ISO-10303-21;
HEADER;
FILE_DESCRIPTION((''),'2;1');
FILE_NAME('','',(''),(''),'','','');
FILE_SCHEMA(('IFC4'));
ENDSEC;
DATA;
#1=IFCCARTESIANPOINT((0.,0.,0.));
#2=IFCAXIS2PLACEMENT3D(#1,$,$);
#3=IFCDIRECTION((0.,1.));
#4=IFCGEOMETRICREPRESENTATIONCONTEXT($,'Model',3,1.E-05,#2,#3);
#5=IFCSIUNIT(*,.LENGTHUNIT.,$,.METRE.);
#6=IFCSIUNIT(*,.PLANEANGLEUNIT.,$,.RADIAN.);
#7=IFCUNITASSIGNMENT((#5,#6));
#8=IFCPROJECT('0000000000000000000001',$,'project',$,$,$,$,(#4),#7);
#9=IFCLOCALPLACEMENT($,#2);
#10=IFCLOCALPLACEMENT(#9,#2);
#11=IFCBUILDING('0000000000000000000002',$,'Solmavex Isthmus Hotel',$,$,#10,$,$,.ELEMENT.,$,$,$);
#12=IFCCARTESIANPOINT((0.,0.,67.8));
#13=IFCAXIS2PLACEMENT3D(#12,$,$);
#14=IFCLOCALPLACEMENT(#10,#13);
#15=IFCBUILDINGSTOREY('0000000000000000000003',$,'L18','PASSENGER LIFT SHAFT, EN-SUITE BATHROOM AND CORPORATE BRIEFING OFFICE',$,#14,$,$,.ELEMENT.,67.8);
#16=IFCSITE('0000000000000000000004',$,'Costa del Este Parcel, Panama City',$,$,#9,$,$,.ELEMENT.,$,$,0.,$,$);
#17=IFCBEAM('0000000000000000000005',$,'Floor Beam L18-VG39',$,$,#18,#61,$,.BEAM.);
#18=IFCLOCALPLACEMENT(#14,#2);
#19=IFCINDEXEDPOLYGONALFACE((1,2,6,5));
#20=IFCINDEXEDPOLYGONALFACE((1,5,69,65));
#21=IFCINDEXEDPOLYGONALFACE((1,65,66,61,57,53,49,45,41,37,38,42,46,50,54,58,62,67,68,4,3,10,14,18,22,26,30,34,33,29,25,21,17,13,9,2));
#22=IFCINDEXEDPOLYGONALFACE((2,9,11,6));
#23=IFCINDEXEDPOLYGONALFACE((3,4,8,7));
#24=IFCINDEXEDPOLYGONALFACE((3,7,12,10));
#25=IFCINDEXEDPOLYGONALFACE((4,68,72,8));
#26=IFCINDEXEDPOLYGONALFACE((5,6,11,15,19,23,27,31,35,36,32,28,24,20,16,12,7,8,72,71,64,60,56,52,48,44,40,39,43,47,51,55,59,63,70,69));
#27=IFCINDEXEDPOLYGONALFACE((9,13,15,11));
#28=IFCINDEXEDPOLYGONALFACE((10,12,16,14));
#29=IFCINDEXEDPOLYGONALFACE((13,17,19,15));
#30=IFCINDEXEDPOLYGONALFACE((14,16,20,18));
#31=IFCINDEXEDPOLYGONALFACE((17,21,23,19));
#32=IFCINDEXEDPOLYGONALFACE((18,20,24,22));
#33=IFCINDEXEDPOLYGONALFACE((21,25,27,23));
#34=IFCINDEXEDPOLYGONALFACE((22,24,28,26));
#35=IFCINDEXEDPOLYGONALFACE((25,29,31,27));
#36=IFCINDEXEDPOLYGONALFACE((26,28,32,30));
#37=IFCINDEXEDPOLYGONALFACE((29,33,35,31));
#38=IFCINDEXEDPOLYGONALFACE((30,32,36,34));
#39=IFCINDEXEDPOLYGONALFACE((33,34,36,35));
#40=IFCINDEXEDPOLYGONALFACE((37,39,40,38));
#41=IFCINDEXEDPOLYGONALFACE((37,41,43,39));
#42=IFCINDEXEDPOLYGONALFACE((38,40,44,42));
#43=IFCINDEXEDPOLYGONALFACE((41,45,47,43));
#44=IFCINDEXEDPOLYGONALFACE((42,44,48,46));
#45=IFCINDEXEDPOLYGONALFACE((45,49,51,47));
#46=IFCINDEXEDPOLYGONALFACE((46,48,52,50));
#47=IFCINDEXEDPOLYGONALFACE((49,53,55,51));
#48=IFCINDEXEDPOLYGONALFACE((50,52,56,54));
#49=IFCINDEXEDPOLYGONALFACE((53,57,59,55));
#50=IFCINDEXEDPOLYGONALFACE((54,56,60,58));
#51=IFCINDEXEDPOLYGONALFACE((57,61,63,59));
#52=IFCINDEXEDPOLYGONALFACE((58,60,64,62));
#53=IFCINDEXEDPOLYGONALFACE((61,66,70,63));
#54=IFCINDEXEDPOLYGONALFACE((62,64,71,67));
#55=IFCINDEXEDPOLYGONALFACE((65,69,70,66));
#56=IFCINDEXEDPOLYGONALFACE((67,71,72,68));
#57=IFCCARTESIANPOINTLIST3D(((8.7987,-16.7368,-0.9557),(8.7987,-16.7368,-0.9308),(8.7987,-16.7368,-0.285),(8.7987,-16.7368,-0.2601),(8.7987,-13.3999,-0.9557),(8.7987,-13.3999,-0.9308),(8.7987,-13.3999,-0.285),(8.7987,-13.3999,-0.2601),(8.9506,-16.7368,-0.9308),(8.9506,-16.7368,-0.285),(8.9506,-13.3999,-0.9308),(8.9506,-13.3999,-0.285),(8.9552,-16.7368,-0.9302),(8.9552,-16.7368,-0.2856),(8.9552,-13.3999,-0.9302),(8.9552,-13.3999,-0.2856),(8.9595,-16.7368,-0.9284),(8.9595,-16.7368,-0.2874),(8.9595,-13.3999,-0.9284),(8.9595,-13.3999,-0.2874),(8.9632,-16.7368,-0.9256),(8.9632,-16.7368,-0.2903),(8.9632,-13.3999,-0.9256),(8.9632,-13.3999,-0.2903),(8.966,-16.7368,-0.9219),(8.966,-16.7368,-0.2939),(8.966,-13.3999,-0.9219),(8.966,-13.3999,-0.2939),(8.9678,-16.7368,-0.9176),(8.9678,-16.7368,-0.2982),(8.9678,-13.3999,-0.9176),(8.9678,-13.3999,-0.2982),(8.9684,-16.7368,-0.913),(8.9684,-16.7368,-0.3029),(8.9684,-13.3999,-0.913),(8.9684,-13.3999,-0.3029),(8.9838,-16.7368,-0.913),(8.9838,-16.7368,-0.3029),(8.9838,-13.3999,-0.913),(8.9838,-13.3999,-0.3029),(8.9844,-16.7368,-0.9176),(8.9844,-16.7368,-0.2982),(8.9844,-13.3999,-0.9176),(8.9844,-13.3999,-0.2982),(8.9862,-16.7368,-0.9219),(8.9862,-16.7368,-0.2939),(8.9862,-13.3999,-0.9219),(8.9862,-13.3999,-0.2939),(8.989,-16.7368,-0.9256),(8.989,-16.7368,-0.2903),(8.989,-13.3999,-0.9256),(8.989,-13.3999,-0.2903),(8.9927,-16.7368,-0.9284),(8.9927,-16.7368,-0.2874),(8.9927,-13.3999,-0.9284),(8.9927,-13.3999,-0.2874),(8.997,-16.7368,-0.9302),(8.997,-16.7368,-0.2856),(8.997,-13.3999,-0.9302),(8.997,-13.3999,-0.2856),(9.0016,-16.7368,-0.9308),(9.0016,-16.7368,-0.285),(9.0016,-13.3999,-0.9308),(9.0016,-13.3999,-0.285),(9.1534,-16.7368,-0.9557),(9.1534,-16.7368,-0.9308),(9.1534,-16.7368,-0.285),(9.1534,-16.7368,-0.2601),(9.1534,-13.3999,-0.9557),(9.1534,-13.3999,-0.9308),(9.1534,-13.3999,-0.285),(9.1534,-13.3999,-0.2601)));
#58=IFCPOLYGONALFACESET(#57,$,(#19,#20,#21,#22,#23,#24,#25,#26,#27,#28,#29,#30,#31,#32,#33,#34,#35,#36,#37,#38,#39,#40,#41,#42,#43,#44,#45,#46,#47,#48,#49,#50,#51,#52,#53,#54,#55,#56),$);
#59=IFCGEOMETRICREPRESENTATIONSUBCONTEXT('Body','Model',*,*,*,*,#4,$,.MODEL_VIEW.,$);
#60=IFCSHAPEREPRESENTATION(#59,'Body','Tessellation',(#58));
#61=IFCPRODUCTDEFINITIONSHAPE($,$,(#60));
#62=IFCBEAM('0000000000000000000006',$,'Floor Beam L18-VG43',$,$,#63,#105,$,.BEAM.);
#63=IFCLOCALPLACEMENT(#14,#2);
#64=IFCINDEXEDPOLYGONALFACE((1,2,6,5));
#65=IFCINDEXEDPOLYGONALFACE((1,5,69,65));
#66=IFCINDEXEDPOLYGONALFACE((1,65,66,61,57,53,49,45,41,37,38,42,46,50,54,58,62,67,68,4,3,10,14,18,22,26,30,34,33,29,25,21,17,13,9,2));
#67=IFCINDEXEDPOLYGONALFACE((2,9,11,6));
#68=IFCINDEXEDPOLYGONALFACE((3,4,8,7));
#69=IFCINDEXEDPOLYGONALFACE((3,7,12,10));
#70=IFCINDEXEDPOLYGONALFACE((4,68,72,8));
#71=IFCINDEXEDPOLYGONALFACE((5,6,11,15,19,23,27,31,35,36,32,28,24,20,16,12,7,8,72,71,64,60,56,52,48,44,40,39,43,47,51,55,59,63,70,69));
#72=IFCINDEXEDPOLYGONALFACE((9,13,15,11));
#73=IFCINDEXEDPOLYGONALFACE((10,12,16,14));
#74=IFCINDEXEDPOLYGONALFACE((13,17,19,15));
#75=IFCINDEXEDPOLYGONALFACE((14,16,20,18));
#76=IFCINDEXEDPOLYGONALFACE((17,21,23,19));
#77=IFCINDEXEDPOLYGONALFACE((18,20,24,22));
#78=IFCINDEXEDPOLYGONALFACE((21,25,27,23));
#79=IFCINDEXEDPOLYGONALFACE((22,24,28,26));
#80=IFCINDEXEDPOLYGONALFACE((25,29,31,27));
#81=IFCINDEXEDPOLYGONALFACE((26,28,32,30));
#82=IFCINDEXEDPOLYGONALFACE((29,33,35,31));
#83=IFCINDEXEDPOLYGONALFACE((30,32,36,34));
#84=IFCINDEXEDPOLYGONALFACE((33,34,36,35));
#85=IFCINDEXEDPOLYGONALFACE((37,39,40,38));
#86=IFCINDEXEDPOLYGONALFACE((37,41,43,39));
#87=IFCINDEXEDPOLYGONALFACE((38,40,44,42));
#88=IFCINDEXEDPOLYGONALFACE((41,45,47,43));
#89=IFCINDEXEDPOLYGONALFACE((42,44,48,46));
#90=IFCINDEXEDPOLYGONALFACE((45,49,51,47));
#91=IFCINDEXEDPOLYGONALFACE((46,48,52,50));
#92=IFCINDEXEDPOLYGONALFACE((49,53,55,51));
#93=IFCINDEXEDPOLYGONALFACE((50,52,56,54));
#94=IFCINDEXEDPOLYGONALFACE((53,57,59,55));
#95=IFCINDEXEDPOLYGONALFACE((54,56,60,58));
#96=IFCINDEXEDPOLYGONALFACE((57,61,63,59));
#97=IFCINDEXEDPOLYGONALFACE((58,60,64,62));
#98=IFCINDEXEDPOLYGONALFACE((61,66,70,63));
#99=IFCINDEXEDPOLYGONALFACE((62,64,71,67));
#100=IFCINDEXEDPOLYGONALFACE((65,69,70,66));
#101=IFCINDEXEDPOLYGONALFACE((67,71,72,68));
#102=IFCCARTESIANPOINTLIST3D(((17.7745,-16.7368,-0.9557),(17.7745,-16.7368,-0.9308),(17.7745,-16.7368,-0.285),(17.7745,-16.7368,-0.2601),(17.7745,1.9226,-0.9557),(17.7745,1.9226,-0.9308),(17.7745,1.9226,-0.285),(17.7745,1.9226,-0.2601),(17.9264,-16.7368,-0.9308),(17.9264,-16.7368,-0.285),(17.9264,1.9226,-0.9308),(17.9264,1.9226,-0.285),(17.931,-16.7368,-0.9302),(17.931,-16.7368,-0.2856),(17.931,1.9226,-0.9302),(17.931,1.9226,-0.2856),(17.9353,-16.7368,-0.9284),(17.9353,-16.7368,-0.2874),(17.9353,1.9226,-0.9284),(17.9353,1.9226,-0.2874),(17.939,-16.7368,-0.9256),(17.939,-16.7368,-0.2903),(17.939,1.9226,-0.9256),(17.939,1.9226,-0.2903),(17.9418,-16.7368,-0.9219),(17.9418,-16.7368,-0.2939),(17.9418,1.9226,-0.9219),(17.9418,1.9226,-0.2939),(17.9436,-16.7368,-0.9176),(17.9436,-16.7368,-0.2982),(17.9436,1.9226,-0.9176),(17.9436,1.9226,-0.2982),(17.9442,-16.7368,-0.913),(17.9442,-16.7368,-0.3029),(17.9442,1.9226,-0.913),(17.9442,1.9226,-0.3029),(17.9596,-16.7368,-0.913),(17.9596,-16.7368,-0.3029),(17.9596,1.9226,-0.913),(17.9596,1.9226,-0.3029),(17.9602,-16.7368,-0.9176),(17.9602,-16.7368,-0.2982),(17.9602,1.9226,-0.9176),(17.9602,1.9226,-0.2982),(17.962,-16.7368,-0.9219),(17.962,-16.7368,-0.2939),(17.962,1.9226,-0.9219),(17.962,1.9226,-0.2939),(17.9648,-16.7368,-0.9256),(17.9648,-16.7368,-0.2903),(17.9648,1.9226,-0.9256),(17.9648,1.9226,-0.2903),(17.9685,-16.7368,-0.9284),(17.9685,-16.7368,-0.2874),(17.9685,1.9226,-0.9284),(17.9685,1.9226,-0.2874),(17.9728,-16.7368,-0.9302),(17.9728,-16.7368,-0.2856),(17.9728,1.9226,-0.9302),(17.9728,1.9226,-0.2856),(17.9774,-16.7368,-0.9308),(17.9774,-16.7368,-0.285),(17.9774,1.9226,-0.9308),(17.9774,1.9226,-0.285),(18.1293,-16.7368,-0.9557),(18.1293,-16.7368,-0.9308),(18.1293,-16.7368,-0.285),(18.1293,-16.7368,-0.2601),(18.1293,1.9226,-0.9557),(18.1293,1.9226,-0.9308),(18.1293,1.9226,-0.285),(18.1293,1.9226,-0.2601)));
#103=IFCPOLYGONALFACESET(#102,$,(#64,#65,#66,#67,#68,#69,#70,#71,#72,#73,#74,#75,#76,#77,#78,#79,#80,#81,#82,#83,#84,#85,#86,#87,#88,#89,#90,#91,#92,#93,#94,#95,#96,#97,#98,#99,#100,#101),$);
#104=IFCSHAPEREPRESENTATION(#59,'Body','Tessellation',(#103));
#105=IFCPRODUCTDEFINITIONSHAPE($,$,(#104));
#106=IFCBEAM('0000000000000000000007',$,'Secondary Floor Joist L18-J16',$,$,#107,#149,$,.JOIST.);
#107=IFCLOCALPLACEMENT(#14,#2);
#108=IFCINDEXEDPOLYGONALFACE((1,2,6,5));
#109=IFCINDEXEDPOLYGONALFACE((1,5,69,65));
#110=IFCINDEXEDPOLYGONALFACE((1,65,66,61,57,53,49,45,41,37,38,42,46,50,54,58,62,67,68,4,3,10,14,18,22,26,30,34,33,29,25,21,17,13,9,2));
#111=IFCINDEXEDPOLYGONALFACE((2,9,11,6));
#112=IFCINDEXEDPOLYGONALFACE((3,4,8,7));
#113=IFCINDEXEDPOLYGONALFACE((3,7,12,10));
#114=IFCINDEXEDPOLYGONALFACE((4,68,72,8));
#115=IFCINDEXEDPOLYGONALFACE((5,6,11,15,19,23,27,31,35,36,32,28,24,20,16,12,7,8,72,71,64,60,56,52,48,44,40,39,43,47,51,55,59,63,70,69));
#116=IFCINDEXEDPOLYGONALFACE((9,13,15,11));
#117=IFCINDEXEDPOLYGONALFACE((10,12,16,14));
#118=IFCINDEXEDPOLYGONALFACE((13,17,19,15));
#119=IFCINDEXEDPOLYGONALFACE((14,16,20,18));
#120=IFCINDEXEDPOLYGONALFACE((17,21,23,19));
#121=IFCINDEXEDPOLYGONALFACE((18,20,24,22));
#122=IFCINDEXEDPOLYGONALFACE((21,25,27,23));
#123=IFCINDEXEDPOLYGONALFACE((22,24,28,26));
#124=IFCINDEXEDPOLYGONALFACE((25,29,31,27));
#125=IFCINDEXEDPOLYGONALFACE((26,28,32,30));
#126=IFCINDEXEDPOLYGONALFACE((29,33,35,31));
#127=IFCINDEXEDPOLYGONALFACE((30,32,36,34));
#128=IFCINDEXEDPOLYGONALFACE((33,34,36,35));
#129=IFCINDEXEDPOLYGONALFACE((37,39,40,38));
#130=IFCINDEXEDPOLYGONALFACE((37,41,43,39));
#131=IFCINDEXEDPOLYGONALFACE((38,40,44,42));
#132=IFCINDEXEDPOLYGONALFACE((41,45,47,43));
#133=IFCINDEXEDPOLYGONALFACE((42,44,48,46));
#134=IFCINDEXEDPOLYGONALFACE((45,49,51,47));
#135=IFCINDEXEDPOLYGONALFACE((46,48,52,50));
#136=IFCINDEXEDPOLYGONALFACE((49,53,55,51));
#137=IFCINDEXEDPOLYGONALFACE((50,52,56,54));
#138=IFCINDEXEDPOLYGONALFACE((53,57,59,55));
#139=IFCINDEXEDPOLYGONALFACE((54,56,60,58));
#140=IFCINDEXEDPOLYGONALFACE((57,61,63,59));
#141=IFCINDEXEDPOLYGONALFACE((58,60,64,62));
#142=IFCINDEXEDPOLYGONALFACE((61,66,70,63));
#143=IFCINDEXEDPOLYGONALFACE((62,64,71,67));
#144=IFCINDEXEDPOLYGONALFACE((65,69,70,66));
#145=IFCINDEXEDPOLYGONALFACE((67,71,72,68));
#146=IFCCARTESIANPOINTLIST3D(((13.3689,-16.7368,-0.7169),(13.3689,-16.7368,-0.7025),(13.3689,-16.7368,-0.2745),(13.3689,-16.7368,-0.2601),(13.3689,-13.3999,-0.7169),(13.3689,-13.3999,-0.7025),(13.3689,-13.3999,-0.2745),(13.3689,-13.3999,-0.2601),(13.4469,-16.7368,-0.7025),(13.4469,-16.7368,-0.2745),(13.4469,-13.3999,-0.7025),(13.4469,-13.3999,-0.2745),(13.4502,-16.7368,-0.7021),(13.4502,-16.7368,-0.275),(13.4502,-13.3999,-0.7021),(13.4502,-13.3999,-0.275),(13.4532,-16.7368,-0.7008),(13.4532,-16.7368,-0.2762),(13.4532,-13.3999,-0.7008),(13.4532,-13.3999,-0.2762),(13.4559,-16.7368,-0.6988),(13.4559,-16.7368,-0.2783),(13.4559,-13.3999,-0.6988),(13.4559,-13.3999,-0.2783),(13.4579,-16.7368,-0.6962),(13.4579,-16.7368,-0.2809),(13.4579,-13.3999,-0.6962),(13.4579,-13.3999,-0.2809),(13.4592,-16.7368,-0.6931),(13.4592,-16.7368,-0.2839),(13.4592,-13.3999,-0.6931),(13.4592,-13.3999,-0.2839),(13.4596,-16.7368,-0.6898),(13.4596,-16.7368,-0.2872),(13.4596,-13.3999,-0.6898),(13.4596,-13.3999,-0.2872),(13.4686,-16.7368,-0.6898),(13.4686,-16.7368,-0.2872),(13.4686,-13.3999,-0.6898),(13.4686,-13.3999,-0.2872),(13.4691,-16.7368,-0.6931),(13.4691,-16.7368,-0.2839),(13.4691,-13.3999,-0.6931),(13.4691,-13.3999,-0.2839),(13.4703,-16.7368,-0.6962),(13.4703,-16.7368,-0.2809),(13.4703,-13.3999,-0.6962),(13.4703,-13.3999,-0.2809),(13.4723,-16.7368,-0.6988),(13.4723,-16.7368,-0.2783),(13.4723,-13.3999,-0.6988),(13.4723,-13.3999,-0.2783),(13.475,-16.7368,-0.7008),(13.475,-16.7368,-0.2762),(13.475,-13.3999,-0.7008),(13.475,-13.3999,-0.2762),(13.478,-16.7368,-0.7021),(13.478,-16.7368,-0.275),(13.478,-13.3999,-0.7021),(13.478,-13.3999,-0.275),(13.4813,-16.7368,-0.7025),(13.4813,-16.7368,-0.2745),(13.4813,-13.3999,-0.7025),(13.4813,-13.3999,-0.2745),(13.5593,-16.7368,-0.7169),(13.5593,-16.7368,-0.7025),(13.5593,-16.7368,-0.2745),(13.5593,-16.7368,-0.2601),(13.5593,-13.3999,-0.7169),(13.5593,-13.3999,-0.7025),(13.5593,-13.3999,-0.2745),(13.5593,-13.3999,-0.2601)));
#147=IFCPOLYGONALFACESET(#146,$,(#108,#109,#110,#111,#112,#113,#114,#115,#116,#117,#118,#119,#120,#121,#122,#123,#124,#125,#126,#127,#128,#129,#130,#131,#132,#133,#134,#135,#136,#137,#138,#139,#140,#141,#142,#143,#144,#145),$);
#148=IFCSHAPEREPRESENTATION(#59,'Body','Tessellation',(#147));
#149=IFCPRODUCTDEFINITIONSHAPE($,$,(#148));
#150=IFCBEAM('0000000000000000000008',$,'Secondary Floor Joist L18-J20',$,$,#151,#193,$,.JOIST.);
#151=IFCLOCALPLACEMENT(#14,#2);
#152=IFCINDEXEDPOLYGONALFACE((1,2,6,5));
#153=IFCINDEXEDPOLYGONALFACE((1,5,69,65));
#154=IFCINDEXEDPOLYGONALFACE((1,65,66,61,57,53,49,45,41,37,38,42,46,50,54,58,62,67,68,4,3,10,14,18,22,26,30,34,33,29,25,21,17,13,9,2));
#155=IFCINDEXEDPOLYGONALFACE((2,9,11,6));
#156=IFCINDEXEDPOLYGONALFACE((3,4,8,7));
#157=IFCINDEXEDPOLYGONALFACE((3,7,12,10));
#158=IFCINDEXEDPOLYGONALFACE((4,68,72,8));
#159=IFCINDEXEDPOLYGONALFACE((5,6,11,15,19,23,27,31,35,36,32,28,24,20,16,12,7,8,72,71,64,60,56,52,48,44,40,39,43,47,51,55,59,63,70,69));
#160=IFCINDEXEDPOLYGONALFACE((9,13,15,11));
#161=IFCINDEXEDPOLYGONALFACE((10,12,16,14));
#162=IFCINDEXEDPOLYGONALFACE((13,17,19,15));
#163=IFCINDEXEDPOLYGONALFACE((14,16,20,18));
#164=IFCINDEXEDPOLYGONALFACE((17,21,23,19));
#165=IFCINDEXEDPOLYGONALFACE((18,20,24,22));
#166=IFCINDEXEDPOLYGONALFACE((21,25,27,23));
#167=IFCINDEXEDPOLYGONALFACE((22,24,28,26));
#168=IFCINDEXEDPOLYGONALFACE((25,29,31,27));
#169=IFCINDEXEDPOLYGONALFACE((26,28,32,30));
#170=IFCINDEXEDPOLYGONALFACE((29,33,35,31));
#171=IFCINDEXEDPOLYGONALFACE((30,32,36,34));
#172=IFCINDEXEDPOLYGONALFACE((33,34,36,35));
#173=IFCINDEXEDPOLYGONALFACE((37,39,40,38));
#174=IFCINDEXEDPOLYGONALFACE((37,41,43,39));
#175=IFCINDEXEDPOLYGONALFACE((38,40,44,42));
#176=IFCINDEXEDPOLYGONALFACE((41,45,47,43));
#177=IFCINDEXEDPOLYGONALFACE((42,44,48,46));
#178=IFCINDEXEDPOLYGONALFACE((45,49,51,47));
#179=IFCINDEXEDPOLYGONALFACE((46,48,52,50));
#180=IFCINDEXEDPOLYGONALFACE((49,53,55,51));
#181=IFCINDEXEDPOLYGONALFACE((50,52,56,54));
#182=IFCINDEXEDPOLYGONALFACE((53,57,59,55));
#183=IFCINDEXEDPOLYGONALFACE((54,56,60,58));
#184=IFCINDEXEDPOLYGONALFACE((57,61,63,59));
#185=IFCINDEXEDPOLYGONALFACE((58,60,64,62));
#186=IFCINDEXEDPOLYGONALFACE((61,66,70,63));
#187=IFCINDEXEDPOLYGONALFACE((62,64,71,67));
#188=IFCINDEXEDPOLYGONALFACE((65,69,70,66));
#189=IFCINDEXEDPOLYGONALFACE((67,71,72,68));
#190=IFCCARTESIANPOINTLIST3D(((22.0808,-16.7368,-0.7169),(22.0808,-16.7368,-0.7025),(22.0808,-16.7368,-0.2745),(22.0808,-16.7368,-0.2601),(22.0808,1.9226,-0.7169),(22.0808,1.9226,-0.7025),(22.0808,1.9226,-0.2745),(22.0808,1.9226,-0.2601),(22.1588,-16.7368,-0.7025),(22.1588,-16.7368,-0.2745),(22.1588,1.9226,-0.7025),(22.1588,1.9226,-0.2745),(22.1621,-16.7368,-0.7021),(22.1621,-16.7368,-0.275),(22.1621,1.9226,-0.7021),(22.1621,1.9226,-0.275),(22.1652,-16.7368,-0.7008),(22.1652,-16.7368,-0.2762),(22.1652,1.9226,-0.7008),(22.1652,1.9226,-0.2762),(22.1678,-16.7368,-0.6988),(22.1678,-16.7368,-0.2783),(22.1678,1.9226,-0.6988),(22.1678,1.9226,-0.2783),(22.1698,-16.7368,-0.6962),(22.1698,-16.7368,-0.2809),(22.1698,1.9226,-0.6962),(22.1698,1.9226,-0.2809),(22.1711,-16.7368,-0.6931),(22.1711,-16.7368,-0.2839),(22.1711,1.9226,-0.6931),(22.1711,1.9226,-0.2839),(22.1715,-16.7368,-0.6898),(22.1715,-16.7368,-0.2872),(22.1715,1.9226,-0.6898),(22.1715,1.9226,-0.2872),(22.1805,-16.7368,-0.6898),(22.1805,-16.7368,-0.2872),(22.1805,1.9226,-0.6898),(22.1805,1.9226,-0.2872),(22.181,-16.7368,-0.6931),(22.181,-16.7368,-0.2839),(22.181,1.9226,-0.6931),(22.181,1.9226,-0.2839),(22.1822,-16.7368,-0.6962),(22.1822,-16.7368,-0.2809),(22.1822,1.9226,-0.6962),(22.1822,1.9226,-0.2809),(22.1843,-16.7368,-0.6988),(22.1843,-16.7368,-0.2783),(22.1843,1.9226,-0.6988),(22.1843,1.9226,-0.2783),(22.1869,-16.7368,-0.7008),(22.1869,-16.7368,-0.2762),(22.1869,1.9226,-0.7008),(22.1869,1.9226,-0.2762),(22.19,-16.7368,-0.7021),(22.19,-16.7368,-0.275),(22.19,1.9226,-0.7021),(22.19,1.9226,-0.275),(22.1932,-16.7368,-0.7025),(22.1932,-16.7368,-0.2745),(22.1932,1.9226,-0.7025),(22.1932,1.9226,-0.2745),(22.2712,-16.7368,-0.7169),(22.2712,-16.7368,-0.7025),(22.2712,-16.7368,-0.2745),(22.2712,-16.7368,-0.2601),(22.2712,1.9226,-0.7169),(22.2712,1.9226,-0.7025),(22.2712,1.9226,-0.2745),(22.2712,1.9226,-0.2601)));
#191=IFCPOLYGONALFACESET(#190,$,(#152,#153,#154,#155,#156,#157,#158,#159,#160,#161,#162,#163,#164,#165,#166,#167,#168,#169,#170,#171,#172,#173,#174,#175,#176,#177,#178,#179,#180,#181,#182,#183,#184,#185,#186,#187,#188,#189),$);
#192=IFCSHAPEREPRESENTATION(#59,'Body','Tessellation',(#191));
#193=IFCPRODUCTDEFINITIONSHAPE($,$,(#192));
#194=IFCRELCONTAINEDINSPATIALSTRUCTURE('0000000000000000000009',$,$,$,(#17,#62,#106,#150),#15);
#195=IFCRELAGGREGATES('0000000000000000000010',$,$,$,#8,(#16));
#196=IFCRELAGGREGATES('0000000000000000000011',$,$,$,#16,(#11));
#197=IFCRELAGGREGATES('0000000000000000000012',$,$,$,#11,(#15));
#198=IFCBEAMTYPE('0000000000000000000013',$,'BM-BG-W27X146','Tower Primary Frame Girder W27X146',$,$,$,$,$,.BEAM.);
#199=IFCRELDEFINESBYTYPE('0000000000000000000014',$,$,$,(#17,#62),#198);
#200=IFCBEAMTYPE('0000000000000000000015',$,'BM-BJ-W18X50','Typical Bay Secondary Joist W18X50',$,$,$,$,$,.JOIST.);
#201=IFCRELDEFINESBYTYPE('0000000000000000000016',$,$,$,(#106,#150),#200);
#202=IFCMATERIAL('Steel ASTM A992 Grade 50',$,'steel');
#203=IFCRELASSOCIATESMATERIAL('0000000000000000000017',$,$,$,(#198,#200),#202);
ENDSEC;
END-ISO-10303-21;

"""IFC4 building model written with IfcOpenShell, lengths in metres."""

from ifc_helpers import new_model, si_unit, direction, frame, origin, origin_2d, place, context, subcontext, project, spatial, i_section, extrude, material, material_profile, profile_set, type_object, element, save


model = new_model("IFC4")

# Units and contexts
model_context = context("Model", 3, precision=1e-05, world=origin(), true_north=direction((0.0, 1.0)))
body_context = subcontext(model_context, "Body", "Model", "MODEL_VIEW")
ifc_project = project(units=[si_unit("LENGTHUNIT", "METRE"), si_unit("PLANEANGLEUNIT", "RADIAN")], contexts=[model_context])

# Site, building, storey
site_placement = place(None, origin())
site = spatial("IfcSite", under=ifc_project, at=site_placement, Name="Costa del Este Parcel, Panama City", CompositionType="ELEMENT", RefElevation=0.0)
building_placement = place(site_placement, origin())
building = spatial("IfcBuilding", under=site, at=building_placement, Name="Solmavex Isthmus Hotel", CompositionType="ELEMENT")
storey_placement = place(building_placement, frame((0.0, 0.0, 67.8)))
storey = spatial("IfcBuildingStorey", under=building, at=storey_placement, Name="L18", Description="PASSENGER LIFT SHAFT, EN-SUITE BATHROOM AND CORPORATE BRIEFING OFFICE", CompositionType="ELEMENT", Elevation=67.8)

# Beams
ifc_material_1 = material(Name="Steel ASTM A992 Grade 50", Category="steel")
ifc_material_profile_1 = material_profile(ifc_material_1, i_section(OverallWidth=0.3547, OverallDepth=0.6956, WebThickness=0.0154, FlangeThickness=0.0249, FilletRadius=0.0178, at=origin_2d()), Name="W27X146")
ifc_profile_set_1 = profile_set([ifc_material_profile_1], Name="Steel ASTM A992 Grade 50")
beam_type_1 = type_object("IfcBeamType", Name="BM-BG-W27X146", Description="Tower Primary Frame Girder W27X146", PredefinedType="BEAM", material=ifc_profile_set_1)
beam_1_placement = place(storey_placement, frame((8.9761, -16.7368, -0.6079), z_axis=(0.0, 1.0, 0.0), x_axis=(-1.0, 0.0, 0.0)))
element("IfcBeam", 1, at=beam_1_placement, inside=storey, type_object=beam_type_1, Name="Floor Beam L18-VG39", PredefinedType="BEAM", context=body_context, shape_type="SweptSolid", body=[
    extrude(i_section(OverallWidth=0.3547, OverallDepth=0.6956, WebThickness=0.0154, FlangeThickness=0.0249, FilletRadius=0.0178, at=origin_2d()), origin(), (0.0, 0.0, 1.0), 3.3369),
])
beam_2_placement = place(storey_placement, frame((17.9519, -16.7368, -0.6079), z_axis=(0.0, 1.0, 0.0), x_axis=(-1.0, 0.0, 0.0)))
element("IfcBeam", 2, at=beam_2_placement, inside=storey, type_object=beam_type_1, Name="Floor Beam L18-VG43", PredefinedType="BEAM", context=body_context, shape_type="SweptSolid", body=[
    extrude(i_section(OverallWidth=0.3547, OverallDepth=0.6956, WebThickness=0.0154, FlangeThickness=0.0249, FilletRadius=0.0178, at=origin_2d()), origin(), (0.0, 0.0, 1.0), 18.6594),
])
ifc_material_profile_2 = material_profile(ifc_material_1, i_section(OverallWidth=0.1904, OverallDepth=0.4568, WebThickness=0.009, FlangeThickness=0.0144, FilletRadius=0.0127, at=origin_2d()), Name="W18X50")
ifc_profile_set_2 = profile_set([ifc_material_profile_2], Name="Steel ASTM A992 Grade 50")
beam_type_2 = type_object("IfcBeamType", Name="BM-BJ-W18X50", Description="Typical Bay Secondary Joist W18X50", PredefinedType="JOIST", material=ifc_profile_set_2)
beam_3_placement = place(storey_placement, frame((13.4641, -16.7368, -0.4885), z_axis=(0.0, 1.0, 0.0), x_axis=(-1.0, 0.0, 0.0)))
element("IfcBeam", 3, at=beam_3_placement, inside=storey, type_object=beam_type_2, Name="Secondary Floor Joist L18-J16", PredefinedType="JOIST", context=body_context, shape_type="SweptSolid", body=[
    extrude(i_section(OverallWidth=0.1904, OverallDepth=0.4568, WebThickness=0.009, FlangeThickness=0.0144, FilletRadius=0.0127, at=origin_2d()), origin(), (0.0, 0.0, 1.0), 3.3369),
])
beam_4_placement = place(storey_placement, frame((22.176, -16.7368, -0.4885), z_axis=(0.0, 1.0, 0.0), x_axis=(-1.0, 0.0, 0.0)))
element("IfcBeam", 4, at=beam_4_placement, inside=storey, type_object=beam_type_2, Name="Secondary Floor Joist L18-J20", PredefinedType="JOIST", context=body_context, shape_type="SweptSolid", body=[
    extrude(i_section(OverallWidth=0.1904, OverallDepth=0.4568, WebThickness=0.009, FlangeThickness=0.0144, FilletRadius=0.0127, at=origin_2d()), origin(), (0.0, 0.0, 1.0), 18.6594),
])

save(model, "model.ifc")
